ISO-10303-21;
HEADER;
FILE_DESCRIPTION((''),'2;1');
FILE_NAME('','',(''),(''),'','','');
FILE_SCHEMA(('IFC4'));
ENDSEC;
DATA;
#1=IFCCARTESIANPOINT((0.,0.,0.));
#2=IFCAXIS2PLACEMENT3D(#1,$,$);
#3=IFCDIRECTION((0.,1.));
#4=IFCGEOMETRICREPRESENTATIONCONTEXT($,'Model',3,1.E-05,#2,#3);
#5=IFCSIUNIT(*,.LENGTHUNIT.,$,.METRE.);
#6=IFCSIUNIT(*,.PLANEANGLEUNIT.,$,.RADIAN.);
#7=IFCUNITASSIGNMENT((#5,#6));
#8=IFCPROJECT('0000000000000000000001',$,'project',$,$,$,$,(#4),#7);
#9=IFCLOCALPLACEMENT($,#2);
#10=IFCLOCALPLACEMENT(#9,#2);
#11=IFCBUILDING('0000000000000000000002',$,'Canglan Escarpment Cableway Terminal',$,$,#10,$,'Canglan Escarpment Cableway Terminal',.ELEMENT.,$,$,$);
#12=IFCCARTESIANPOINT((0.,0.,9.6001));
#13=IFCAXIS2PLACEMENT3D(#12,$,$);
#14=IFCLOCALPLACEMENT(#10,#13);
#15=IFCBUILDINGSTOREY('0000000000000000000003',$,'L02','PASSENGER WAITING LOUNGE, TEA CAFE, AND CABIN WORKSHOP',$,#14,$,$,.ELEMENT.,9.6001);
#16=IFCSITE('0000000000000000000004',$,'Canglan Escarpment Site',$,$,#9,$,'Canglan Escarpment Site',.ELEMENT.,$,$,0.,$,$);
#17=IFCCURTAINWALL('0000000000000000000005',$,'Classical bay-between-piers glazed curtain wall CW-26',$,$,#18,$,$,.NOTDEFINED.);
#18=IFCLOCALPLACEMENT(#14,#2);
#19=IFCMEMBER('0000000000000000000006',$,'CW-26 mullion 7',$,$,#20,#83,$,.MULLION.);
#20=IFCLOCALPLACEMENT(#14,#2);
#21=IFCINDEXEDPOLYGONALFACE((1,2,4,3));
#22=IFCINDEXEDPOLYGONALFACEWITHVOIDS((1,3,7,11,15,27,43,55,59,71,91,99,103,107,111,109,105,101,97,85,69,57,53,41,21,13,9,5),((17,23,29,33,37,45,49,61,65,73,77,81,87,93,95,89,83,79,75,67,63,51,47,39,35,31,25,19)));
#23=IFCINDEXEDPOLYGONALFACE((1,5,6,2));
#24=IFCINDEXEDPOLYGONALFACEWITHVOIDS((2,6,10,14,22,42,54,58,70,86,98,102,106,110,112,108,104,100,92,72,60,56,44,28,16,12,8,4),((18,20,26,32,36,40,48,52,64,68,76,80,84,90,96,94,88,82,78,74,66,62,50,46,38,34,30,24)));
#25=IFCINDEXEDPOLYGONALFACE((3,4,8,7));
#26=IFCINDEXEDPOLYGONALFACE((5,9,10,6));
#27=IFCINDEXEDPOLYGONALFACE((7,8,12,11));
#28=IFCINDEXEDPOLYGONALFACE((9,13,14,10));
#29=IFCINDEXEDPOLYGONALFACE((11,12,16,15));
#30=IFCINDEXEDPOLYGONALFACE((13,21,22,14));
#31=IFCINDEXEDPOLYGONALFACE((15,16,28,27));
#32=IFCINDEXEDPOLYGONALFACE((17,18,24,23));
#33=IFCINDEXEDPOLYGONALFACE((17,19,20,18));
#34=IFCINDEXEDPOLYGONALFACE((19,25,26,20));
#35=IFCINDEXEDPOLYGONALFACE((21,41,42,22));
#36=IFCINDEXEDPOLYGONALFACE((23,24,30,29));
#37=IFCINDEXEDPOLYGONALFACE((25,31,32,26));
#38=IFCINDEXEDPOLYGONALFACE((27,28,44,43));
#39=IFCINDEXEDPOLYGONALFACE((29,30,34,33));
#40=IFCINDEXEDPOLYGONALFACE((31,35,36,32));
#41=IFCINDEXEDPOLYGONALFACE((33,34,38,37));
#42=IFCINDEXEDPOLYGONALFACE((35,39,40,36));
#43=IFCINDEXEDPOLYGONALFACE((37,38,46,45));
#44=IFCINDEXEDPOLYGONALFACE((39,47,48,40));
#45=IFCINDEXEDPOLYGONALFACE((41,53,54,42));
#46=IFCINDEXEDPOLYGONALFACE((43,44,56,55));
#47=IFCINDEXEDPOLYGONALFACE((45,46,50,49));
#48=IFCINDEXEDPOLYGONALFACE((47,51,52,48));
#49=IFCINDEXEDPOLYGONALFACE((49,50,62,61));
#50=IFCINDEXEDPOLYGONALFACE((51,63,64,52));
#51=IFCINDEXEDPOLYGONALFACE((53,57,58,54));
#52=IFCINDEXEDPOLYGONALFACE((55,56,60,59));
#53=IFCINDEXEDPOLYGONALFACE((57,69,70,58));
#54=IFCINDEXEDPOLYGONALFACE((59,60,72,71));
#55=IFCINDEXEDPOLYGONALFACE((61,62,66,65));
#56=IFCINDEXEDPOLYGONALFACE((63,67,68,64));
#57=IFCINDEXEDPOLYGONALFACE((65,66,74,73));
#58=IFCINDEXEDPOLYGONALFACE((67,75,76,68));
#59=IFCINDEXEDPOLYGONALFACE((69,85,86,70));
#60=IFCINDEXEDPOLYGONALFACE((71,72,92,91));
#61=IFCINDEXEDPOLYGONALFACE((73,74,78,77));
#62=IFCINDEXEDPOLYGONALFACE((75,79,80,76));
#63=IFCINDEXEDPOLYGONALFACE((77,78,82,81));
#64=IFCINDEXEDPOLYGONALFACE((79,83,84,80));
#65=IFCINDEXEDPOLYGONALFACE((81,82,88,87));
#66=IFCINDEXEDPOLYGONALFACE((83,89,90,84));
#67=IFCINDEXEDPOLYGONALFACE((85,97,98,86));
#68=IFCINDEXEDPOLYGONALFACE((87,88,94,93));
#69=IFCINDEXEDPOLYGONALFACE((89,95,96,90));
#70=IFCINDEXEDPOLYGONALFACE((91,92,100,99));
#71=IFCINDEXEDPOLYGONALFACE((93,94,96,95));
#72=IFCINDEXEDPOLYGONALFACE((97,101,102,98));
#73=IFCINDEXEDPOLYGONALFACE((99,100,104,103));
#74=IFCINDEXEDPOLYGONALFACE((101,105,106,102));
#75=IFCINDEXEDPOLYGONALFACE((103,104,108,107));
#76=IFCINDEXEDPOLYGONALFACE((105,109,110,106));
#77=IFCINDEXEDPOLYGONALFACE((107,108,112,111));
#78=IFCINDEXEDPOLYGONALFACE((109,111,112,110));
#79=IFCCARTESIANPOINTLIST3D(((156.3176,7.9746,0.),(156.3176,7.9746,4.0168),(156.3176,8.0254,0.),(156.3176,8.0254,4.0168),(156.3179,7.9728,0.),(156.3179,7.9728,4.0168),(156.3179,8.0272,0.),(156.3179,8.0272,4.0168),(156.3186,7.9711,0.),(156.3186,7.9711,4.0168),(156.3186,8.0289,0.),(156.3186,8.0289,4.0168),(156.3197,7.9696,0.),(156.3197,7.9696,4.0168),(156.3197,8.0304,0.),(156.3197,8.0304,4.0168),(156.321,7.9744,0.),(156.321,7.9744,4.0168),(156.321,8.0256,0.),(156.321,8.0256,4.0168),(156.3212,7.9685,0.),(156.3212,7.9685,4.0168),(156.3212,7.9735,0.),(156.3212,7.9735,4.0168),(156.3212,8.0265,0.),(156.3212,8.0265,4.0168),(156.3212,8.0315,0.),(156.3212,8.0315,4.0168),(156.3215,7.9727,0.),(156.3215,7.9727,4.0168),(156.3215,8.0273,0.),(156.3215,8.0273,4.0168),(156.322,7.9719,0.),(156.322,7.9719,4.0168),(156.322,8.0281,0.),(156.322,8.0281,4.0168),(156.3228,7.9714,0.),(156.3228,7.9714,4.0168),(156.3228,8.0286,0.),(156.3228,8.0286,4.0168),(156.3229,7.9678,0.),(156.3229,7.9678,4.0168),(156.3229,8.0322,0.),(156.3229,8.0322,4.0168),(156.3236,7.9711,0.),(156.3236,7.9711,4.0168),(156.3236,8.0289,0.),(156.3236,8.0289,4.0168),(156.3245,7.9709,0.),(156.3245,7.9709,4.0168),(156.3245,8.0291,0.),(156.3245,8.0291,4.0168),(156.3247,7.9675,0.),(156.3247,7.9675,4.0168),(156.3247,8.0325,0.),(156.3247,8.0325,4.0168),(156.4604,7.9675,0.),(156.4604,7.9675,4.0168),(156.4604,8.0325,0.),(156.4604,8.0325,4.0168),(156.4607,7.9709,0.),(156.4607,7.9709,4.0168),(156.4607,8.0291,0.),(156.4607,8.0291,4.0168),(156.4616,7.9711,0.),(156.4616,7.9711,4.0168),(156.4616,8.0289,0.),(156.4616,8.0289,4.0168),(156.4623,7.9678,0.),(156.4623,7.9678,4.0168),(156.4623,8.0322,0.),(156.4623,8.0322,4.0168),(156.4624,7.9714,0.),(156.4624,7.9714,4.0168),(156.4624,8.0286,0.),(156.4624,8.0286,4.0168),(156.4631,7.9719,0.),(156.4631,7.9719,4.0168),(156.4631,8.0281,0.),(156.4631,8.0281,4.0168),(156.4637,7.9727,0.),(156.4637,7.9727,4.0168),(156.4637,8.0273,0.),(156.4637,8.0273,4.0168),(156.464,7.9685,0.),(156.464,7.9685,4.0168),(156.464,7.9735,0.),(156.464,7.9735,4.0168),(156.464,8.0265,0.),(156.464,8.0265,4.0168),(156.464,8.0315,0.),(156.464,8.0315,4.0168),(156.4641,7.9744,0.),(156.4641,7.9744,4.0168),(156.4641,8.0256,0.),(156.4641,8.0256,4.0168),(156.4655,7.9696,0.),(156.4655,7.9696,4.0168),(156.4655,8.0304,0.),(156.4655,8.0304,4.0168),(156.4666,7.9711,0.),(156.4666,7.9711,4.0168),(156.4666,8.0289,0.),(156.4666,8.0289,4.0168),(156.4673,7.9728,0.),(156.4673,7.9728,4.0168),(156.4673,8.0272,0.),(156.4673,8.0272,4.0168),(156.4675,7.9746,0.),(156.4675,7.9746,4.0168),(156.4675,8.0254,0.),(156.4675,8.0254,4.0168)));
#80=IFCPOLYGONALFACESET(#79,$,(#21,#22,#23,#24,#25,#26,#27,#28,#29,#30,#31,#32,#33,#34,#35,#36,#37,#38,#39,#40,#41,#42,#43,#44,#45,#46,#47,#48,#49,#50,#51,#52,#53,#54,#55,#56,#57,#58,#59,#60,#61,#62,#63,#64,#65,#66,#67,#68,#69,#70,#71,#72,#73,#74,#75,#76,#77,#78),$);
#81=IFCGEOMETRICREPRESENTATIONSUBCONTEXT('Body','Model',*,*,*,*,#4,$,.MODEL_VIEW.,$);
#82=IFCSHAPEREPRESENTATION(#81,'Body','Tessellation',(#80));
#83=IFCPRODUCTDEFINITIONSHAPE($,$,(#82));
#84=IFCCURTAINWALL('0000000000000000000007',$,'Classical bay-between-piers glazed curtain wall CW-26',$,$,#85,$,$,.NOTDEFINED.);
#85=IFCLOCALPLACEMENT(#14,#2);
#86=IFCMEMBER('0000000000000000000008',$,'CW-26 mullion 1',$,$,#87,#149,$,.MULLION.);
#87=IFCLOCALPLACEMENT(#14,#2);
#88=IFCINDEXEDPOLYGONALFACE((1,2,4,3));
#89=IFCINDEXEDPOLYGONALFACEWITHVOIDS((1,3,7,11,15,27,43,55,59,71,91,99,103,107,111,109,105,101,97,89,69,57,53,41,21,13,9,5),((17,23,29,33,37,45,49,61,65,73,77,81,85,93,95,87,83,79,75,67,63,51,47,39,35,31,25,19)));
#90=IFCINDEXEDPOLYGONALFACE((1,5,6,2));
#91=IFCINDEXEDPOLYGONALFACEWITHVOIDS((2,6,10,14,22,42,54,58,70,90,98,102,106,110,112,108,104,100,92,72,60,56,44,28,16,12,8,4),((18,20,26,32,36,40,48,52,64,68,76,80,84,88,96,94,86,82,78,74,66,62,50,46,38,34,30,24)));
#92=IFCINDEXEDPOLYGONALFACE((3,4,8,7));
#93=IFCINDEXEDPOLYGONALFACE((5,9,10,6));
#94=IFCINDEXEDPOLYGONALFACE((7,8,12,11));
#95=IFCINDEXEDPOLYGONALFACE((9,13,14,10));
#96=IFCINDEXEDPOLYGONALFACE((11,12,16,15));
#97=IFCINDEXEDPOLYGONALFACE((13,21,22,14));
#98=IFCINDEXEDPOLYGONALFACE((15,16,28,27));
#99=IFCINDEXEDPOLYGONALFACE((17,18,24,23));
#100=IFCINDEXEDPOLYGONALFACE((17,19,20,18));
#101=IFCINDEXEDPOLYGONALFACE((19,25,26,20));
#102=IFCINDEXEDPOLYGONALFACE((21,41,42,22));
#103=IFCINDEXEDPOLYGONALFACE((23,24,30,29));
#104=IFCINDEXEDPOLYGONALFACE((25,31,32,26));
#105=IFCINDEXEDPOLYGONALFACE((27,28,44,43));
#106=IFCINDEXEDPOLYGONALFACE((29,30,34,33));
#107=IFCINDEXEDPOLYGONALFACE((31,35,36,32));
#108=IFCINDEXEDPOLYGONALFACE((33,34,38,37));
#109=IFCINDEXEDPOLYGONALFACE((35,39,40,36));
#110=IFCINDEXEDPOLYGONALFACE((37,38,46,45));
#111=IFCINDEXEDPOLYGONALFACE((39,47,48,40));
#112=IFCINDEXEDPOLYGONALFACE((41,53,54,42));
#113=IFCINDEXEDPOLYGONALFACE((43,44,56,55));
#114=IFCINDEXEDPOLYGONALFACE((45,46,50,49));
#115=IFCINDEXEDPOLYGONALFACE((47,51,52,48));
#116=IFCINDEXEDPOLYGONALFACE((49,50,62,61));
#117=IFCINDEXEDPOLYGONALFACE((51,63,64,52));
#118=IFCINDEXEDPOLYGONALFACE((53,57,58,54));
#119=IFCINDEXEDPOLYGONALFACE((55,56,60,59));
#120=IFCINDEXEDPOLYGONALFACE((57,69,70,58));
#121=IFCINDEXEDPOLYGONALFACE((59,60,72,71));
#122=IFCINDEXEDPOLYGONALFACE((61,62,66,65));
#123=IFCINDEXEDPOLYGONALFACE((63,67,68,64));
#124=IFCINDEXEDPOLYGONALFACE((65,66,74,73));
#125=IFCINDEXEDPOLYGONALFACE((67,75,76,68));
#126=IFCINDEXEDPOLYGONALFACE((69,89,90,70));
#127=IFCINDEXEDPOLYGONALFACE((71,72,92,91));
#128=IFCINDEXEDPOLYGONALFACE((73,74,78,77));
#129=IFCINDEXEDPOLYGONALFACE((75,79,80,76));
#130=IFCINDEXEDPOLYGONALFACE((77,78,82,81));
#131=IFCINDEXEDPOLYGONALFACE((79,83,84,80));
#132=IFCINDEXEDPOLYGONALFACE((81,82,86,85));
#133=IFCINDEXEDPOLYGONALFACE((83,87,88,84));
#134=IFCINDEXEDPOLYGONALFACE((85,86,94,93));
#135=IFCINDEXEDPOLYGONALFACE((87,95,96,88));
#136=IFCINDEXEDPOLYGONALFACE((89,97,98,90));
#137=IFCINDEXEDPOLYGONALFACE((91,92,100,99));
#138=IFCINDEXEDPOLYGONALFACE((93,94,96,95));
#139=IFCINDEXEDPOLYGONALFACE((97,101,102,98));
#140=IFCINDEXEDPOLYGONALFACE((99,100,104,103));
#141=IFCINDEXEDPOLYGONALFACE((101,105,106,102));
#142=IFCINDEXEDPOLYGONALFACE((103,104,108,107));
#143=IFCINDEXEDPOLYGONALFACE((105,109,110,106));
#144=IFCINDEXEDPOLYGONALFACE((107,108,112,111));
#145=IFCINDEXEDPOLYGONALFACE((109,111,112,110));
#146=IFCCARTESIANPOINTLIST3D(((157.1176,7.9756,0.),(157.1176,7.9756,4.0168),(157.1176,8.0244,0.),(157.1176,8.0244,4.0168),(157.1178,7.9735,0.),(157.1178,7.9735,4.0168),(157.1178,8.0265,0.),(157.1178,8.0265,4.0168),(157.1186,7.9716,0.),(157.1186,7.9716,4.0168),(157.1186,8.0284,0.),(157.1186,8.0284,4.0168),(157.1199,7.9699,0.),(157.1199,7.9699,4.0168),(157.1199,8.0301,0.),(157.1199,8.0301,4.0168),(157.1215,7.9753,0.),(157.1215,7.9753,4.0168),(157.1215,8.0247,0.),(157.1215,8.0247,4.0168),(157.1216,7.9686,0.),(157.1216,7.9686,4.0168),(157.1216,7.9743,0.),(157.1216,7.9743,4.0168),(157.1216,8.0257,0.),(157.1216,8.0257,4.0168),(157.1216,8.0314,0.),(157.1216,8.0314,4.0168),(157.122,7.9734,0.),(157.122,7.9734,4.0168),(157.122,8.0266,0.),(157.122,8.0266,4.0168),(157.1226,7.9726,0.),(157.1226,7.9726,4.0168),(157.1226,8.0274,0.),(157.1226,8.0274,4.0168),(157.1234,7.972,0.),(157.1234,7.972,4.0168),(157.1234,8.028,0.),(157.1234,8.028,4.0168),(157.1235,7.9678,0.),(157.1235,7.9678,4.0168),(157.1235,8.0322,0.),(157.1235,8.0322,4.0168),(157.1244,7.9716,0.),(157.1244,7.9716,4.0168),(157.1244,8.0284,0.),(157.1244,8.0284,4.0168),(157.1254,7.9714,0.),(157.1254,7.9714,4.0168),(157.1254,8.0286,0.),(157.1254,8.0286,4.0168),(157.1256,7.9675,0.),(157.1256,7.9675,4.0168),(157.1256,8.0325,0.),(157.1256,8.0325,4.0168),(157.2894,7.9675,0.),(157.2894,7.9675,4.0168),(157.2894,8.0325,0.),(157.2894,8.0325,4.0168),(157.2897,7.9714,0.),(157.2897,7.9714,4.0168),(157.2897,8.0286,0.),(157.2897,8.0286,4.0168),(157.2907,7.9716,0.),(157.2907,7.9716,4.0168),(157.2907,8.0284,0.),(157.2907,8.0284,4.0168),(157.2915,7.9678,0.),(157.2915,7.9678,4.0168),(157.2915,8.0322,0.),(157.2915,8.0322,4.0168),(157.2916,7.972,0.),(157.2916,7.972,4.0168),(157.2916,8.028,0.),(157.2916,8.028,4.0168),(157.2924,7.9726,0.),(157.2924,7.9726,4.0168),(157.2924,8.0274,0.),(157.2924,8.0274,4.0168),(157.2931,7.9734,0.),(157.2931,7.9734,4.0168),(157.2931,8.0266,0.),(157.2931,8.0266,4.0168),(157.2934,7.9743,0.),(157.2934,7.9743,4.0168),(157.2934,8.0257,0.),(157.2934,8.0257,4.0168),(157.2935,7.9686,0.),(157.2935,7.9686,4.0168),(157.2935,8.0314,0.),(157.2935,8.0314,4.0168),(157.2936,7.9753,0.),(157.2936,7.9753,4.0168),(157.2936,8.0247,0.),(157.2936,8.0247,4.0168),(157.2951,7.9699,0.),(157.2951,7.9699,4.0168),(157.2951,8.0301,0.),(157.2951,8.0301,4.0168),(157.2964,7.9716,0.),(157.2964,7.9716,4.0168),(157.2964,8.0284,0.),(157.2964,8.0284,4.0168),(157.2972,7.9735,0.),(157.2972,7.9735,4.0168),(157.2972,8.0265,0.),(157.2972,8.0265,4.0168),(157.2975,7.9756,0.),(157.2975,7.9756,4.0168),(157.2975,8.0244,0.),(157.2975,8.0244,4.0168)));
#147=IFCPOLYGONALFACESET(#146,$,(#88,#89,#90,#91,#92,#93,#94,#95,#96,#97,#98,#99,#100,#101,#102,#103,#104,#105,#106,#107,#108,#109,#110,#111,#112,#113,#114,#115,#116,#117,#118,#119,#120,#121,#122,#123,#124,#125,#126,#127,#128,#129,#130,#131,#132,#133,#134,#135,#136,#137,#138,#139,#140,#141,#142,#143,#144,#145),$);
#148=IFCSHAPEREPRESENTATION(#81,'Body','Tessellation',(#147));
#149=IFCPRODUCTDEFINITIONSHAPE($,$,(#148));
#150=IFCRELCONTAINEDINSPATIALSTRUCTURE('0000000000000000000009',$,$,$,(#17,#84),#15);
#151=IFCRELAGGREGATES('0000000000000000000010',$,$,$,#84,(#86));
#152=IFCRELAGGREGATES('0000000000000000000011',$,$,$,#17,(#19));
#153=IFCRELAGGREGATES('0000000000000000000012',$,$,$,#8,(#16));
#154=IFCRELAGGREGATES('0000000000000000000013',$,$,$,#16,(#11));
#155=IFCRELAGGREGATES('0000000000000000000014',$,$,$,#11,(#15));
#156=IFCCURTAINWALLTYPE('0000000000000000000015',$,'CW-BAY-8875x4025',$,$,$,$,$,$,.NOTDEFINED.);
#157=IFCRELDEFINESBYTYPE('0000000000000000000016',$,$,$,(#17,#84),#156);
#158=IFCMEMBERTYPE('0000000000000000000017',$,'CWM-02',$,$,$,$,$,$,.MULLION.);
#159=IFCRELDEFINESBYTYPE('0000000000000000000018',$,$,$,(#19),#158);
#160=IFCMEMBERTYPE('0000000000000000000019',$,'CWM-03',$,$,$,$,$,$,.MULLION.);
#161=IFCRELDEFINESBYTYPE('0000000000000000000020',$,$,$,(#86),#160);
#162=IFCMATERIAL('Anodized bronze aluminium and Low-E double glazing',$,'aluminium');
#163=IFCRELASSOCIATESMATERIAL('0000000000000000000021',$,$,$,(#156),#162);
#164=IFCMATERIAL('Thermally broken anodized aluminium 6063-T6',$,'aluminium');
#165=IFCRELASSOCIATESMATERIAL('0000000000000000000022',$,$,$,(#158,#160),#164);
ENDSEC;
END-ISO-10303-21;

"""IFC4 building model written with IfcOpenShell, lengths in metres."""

from ifc_helpers import new_model, si_unit, direction, frame, origin, origin_2d, place, context, subcontext, project, spatial, hollow_rectangle, extrude, material, material_profile, profile_set, type_object, element, aggregate, save


model = new_model("IFC4")

# Units and contexts
model_context = context("Model", 3, precision=1e-05, world=origin(), true_north=direction((0.0, 1.0)))
body_context = subcontext(model_context, "Body", "Model", "MODEL_VIEW")
ifc_project = project(units=[si_unit("LENGTHUNIT", "METRE"), si_unit("PLANEANGLEUNIT", "RADIAN")], contexts=[model_context])

# Site, building, storey
site_placement = place(None, origin())
site = spatial("IfcSite", under=ifc_project, at=site_placement, Name="Canglan Escarpment Site", LongName="Canglan Escarpment Site", CompositionType="ELEMENT", RefElevation=0.0)
building_placement = place(site_placement, origin())
building = spatial("IfcBuilding", under=site, at=building_placement, Name="Canglan Escarpment Cableway Terminal", LongName="Canglan Escarpment Cableway Terminal", CompositionType="ELEMENT")
storey_placement = place(building_placement, frame((0.0, 0.0, 9.6001)))
storey = spatial("IfcBuildingStorey", under=building, at=storey_placement, Name="L02", Description="PASSENGER WAITING LOUNGE, TEA CAFE, AND CABIN WORKSHOP", CompositionType="ELEMENT", Elevation=9.6001)

# Curtain walls, members
ifc_material_1 = material(Name="Anodized bronze aluminium and Low-E double glazing", Category="aluminium")
curtain_wall_type = type_object("IfcCurtainWallType", Name="CW-BAY-8875x4025", PredefinedType="NOTDEFINED", material=ifc_material_1)
curtain_wall_1_placement = place(storey_placement, origin())
curtain_wall_1 = element("IfcCurtainWall", 1, at=curtain_wall_1_placement, inside=storey, type_object=curtain_wall_type, Name="Classical bay-between-piers glazed curtain wall CW-26", PredefinedType="NOTDEFINED")
ifc_material_2 = material(Name="Thermally broken anodized aluminium 6063-T6", Category="aluminium")
ifc_material_profile_1 = material_profile(ifc_material_2, hollow_rectangle(XDim=0.0649, YDim=0.1499, WallThickness=0.0034, InnerFilletRadius=0.0034, OuterFilletRadius=0.0071, at=origin_2d()), Name="ALU-MULL 65x150x3.5")
ifc_profile_set_1 = profile_set([ifc_material_profile_1], Name="Thermally broken anodized aluminium 6063-T6")
member_type_1 = type_object("IfcMemberType", Name="CWM-02", PredefinedType="MULLION", material=ifc_profile_set_1)
member_1_placement = place(storey_placement, frame((156.3926, 8.0, 0.0), z_axis=(0.0, 0.0, 1.0), x_axis=(0.0, 1.0, 0.0)))
member_1 = element("IfcMember", 2, at=member_1_placement, type_object=member_type_1, Name="CW-26 mullion 7", PredefinedType="MULLION", context=body_context, shape_type="SweptSolid", body=[
    extrude(hollow_rectangle(XDim=0.0649, YDim=0.1499, WallThickness=0.0034, InnerFilletRadius=0.0034, OuterFilletRadius=0.0071, at=origin_2d()), origin(), (0.0, 0.0, 1.0), 4.0168),
])
curtain_wall_2_placement = place(storey_placement, origin())
curtain_wall_2 = element("IfcCurtainWall", 3, at=curtain_wall_2_placement, inside=storey, type_object=curtain_wall_type, Name="Classical bay-between-piers glazed curtain wall CW-26", PredefinedType="NOTDEFINED")
ifc_material_profile_2 = material_profile(ifc_material_2, hollow_rectangle(XDim=0.0649, YDim=0.1799, WallThickness=0.0039, InnerFilletRadius=0.0039, OuterFilletRadius=0.0081, at=origin_2d()), Name="ALU-MULL 65x180x4")
ifc_profile_set_2 = profile_set([ifc_material_profile_2], Name="Thermally broken anodized aluminium 6063-T6")
member_type_2 = type_object("IfcMemberType", Name="CWM-03", PredefinedType="MULLION", material=ifc_profile_set_2)
member_2_placement = place(storey_placement, frame((157.2075, 8.0, 0.0), z_axis=(0.0, 0.0, 1.0), x_axis=(0.0, 1.0, 0.0)))
member_2 = element("IfcMember", 4, at=member_2_placement, type_object=member_type_2, Name="CW-26 mullion 1", PredefinedType="MULLION", context=body_context, shape_type="SweptSolid", body=[
    extrude(hollow_rectangle(XDim=0.0649, YDim=0.1799, WallThickness=0.0039, InnerFilletRadius=0.0039, OuterFilletRadius=0.0081, at=origin_2d()), origin(), (0.0, 0.0, 1.0), 4.0168),
])

aggregate(curtain_wall_2, [member_2])
aggregate(curtain_wall_1, [member_1])

save(model, "model.ifc")
